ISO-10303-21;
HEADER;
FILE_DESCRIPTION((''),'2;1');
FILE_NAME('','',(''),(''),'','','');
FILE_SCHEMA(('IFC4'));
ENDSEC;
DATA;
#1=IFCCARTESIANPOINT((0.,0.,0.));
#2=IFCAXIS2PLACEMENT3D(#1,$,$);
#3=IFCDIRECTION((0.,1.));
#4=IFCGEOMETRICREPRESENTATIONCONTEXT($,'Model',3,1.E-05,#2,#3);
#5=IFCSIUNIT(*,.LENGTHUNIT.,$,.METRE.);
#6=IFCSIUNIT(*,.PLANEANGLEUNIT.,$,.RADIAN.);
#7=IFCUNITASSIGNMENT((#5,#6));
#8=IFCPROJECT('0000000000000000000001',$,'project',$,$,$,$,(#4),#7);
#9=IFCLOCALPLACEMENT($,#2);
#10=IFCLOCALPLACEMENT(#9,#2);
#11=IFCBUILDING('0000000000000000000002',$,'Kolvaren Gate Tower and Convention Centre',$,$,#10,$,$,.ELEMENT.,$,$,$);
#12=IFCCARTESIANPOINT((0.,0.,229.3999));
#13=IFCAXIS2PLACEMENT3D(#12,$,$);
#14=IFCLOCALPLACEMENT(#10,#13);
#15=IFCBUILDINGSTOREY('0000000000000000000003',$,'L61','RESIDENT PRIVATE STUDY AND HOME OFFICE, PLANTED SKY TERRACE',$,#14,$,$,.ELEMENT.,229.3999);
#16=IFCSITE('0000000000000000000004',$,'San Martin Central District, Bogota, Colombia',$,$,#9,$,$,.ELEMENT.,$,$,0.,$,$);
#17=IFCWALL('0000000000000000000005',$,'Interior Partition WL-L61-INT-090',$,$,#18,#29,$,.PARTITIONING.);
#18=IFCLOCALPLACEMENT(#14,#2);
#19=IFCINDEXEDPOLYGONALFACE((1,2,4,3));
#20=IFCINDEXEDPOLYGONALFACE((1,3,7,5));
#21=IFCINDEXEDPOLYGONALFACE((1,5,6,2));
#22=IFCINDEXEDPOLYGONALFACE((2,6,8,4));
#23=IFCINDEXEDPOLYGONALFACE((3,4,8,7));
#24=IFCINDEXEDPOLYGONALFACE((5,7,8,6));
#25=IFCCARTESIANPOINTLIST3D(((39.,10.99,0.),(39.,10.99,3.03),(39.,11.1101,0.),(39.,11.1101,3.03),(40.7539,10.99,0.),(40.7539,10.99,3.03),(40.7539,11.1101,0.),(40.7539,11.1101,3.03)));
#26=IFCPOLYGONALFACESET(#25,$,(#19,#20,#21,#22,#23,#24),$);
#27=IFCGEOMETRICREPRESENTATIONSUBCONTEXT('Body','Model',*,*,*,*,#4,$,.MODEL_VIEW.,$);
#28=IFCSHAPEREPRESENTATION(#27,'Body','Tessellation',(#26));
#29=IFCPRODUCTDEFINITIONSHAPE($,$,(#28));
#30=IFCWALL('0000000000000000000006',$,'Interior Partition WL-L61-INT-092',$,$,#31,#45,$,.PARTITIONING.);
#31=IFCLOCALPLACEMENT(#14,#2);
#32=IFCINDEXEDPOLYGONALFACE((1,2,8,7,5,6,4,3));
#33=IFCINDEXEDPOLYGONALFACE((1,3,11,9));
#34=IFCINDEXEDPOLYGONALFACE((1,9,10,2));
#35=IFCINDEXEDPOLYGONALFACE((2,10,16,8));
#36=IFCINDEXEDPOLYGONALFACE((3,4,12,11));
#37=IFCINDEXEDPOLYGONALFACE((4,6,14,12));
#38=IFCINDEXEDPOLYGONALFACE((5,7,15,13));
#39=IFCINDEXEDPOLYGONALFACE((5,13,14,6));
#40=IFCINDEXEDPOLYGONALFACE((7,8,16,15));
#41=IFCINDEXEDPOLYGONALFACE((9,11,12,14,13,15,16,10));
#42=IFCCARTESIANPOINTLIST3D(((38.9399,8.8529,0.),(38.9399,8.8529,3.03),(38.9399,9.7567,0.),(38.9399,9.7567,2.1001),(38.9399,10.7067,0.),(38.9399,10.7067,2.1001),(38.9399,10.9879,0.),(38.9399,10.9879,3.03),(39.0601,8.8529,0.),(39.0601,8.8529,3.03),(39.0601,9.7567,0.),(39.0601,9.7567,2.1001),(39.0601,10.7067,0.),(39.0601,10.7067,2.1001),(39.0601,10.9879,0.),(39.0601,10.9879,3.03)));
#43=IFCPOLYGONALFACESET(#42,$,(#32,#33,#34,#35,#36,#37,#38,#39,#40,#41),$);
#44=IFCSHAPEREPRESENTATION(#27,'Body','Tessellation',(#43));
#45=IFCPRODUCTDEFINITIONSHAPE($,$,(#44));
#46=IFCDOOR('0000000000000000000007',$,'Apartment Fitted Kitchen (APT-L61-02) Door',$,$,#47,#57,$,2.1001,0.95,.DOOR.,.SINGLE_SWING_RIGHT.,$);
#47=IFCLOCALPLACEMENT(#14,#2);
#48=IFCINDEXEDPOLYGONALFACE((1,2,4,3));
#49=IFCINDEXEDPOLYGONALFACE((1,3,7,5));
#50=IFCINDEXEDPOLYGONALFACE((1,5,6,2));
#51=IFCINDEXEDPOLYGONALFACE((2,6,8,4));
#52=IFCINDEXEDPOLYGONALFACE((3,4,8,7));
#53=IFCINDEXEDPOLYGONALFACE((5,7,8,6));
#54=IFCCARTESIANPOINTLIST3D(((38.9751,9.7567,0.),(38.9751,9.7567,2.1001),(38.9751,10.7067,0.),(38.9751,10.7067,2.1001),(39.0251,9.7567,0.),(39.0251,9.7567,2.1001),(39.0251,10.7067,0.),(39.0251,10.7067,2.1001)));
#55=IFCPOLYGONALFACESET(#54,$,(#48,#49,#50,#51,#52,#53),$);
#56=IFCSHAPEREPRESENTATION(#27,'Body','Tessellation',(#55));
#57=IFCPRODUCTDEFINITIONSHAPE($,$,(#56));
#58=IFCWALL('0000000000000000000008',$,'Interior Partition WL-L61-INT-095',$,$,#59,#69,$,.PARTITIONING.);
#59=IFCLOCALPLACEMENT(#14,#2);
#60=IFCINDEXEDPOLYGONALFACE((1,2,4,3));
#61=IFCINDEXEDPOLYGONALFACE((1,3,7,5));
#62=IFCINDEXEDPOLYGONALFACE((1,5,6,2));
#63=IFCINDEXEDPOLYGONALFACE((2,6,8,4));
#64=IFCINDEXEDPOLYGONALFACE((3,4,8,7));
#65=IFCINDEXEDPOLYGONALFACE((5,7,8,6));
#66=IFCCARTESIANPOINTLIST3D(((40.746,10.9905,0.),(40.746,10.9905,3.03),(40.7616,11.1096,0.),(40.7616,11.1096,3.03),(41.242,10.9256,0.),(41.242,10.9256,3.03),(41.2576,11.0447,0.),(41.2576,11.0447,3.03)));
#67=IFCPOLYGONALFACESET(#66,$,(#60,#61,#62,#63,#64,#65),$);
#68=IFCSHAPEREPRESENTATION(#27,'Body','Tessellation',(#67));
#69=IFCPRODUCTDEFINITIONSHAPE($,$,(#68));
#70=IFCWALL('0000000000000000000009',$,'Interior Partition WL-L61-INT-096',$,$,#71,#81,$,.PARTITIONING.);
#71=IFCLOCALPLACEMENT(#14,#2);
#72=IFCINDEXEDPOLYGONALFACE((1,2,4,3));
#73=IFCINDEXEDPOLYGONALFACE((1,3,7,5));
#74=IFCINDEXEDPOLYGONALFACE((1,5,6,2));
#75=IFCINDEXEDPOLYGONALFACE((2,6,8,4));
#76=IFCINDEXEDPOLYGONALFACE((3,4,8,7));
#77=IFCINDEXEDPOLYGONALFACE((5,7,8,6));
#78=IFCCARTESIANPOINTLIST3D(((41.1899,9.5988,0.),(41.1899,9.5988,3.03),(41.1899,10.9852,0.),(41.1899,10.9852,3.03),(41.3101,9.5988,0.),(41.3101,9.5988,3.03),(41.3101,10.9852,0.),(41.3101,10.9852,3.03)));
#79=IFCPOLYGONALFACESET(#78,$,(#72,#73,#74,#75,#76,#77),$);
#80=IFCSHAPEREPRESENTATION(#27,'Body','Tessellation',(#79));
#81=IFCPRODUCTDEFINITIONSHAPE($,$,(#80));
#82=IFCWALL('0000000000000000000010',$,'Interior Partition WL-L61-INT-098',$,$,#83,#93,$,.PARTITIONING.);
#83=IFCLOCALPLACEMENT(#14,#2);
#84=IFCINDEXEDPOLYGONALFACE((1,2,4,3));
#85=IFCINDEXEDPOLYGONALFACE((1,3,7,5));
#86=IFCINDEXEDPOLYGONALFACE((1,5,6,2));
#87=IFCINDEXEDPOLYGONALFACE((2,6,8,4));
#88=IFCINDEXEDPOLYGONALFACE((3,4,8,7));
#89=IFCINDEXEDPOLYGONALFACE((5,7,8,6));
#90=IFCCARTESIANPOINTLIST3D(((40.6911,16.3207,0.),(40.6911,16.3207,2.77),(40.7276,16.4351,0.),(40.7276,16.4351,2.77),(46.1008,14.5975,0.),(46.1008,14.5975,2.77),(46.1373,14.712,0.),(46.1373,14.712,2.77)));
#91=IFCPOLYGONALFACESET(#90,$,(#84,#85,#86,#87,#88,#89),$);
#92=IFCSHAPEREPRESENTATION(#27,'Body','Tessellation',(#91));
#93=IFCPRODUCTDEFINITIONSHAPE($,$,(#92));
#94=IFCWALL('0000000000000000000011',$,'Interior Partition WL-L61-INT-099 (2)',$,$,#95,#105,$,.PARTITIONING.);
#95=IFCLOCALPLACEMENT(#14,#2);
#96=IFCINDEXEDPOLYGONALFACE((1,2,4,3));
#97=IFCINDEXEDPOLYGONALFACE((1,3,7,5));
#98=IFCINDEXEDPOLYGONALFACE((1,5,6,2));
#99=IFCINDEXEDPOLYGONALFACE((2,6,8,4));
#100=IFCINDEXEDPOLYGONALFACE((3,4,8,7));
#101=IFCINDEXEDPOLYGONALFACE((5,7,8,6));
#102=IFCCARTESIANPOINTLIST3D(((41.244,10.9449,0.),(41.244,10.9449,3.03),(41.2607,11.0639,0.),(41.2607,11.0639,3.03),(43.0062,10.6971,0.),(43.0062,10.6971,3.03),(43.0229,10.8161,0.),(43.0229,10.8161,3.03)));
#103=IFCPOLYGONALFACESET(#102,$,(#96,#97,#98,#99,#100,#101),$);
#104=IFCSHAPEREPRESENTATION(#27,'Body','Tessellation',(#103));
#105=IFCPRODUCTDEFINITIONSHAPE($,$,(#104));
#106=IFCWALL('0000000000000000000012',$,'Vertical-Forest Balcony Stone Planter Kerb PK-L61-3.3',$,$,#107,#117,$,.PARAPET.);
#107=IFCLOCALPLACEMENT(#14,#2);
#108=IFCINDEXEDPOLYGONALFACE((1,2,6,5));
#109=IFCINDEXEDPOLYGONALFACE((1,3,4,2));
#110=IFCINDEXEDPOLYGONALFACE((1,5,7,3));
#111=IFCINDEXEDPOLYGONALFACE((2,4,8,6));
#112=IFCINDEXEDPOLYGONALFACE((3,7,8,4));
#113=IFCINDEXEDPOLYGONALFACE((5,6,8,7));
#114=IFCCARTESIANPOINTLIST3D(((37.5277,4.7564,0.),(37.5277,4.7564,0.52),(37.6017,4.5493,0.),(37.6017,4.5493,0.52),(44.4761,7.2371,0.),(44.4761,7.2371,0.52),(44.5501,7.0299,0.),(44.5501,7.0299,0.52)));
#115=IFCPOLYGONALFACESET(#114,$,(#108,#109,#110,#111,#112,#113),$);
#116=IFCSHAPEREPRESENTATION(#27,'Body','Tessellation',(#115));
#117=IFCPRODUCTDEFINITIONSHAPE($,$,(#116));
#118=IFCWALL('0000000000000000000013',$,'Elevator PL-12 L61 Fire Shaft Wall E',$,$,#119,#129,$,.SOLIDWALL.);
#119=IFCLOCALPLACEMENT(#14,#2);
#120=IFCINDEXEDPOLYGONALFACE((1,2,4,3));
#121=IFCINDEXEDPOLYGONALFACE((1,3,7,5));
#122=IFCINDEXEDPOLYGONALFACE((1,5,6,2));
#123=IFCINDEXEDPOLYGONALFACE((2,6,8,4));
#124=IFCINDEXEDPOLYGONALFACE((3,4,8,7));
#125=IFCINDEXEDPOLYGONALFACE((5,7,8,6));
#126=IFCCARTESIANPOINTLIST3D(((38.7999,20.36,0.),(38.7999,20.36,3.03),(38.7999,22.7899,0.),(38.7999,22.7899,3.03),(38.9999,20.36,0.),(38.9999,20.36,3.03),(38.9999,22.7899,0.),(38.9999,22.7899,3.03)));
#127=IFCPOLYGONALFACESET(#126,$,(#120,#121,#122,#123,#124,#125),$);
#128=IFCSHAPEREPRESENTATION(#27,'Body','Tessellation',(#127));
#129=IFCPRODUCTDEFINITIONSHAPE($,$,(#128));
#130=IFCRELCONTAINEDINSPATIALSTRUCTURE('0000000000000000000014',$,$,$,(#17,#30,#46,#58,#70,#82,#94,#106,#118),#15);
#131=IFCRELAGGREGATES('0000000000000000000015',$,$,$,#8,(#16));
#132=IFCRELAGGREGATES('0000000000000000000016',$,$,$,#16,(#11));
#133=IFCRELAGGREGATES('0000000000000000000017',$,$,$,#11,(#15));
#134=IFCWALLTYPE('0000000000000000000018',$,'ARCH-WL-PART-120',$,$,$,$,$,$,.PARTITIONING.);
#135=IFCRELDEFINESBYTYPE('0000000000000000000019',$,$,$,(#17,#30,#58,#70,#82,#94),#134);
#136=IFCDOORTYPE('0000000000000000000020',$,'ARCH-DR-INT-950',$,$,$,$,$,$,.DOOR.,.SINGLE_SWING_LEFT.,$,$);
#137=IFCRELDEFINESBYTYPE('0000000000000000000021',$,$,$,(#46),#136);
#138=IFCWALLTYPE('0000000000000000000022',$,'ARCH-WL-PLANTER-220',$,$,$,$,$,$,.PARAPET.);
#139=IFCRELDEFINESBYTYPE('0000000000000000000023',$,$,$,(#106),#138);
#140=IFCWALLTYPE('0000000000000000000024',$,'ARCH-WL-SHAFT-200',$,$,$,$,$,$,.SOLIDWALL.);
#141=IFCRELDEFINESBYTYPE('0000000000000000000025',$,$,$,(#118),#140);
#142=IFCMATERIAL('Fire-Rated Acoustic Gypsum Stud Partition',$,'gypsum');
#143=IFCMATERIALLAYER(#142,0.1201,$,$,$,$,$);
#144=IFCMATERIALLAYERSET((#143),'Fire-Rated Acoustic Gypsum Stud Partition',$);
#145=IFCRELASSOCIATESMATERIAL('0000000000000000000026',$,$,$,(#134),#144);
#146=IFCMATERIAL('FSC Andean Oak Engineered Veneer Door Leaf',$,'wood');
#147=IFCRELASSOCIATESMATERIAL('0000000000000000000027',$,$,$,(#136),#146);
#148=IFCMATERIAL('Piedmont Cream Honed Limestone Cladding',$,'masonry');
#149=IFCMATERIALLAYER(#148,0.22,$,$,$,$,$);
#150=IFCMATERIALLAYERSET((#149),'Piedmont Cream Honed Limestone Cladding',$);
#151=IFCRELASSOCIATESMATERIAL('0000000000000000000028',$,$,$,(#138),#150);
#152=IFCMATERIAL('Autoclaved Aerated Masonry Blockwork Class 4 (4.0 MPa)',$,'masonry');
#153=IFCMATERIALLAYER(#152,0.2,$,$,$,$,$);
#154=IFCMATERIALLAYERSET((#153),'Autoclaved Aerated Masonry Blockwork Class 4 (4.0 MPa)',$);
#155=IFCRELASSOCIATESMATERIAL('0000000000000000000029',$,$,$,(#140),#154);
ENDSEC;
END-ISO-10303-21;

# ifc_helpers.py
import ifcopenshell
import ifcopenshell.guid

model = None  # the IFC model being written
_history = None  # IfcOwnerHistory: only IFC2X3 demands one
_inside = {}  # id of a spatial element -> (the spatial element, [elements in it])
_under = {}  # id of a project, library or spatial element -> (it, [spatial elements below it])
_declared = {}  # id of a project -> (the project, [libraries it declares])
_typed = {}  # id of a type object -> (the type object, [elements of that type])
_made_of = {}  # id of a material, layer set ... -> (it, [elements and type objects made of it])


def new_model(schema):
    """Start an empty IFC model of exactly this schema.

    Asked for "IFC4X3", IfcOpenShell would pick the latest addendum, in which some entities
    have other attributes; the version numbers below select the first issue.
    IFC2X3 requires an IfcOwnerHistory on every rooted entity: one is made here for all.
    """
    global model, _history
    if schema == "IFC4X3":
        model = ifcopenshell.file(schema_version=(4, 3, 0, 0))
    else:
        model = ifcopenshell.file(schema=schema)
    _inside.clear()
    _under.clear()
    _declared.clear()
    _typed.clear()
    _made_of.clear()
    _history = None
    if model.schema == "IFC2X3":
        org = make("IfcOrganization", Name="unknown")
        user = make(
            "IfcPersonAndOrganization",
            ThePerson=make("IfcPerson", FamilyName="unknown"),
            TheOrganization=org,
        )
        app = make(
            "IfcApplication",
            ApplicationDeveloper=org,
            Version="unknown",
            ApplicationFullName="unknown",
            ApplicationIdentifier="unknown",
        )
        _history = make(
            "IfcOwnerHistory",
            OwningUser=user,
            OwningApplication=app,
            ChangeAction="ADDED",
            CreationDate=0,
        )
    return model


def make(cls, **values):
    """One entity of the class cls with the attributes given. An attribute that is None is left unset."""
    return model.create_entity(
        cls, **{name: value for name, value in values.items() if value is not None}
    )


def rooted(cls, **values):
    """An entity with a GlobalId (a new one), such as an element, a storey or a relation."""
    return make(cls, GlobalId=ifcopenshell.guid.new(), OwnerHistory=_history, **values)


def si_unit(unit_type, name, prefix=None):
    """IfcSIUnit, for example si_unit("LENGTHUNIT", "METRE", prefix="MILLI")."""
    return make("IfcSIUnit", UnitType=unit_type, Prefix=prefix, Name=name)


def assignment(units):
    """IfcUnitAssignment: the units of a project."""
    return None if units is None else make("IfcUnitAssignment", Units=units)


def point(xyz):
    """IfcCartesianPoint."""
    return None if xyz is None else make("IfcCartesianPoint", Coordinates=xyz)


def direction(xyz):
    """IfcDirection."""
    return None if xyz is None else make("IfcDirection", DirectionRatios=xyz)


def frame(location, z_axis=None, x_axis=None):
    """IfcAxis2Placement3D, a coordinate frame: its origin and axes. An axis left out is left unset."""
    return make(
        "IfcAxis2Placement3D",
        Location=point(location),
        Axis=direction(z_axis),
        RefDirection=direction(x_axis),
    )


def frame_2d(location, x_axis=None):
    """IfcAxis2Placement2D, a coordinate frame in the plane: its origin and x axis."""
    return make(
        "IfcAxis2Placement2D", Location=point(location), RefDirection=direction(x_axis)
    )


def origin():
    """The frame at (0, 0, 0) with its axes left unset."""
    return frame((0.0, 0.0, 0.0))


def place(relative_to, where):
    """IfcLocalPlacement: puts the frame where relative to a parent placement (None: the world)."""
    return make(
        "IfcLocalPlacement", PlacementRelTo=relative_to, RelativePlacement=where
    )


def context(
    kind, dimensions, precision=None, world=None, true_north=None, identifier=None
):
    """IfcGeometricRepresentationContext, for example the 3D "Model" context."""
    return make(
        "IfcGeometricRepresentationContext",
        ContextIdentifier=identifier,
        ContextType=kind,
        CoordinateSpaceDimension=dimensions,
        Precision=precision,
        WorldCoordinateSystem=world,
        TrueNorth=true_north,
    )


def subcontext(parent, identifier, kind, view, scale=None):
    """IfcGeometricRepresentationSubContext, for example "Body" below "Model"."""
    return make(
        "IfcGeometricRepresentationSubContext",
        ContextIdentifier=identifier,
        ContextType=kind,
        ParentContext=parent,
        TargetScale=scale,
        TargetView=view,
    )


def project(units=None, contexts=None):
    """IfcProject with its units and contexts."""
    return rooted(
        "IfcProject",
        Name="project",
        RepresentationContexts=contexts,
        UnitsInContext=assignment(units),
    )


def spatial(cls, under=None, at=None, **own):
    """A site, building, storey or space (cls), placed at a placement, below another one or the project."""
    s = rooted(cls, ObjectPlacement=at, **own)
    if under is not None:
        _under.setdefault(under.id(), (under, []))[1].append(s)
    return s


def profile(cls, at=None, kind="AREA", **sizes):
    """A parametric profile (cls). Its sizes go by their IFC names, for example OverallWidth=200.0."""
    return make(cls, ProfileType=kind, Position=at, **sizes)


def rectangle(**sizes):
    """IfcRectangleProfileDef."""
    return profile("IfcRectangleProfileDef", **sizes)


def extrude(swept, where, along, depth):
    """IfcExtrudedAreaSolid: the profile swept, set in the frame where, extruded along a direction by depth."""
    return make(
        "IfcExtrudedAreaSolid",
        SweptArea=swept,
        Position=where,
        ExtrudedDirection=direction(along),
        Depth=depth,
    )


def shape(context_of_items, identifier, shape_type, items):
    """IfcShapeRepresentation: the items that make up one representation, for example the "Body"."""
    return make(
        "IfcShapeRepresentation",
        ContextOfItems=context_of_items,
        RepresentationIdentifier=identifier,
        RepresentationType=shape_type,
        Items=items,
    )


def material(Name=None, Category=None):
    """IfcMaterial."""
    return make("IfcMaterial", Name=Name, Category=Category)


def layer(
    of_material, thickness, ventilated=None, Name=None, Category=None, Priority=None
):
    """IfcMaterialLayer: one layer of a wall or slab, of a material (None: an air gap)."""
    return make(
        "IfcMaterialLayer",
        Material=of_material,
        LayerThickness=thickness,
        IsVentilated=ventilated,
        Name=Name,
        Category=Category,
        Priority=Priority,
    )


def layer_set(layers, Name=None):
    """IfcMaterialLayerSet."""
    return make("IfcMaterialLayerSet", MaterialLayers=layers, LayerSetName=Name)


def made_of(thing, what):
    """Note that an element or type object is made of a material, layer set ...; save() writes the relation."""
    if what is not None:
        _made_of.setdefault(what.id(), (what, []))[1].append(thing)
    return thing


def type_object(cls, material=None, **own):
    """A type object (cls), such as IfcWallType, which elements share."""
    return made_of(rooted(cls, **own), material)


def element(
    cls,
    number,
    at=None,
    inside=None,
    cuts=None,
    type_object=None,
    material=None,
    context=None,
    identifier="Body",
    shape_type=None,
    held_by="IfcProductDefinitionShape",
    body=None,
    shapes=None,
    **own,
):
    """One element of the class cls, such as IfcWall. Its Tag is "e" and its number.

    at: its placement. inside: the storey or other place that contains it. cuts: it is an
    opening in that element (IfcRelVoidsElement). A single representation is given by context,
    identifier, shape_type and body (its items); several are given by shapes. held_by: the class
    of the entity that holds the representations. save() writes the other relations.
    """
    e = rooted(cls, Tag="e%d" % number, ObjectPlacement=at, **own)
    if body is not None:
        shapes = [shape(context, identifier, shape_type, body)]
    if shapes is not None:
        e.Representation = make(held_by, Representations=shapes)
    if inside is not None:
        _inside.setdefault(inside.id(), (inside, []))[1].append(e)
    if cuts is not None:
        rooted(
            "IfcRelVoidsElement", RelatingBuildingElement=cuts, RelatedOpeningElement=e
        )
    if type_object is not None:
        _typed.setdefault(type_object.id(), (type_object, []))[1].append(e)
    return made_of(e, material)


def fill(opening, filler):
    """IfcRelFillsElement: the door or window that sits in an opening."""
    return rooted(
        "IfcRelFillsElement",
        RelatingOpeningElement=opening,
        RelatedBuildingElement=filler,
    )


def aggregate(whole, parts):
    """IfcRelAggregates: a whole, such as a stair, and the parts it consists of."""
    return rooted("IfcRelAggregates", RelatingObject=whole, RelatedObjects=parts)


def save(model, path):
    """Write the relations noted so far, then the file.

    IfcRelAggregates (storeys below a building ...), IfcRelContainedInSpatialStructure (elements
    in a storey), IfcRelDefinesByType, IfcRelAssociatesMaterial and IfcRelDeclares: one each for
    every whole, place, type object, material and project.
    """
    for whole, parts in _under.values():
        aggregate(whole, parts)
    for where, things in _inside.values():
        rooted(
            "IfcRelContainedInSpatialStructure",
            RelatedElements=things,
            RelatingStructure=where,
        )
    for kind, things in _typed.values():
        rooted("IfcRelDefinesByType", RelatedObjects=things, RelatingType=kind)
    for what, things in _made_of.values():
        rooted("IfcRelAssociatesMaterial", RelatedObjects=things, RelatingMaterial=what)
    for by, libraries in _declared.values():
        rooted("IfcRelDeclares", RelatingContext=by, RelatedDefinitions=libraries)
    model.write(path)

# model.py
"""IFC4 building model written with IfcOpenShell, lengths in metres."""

from ifc_helpers import new_model, si_unit, direction, frame, frame_2d, origin, place, context, subcontext, project, spatial, rectangle, extrude, material, layer, layer_set, type_object, element, fill, save


model = new_model("IFC4")

# Units and contexts
model_context = context("Model", 3, precision=1e-05, world=origin(), true_north=direction((0.0, 1.0)))
body_context = subcontext(model_context, "Body", "Model", "MODEL_VIEW")
ifc_project = project(units=[si_unit("LENGTHUNIT", "METRE"), si_unit("PLANEANGLEUNIT", "RADIAN")], contexts=[model_context])

# Site, building, storey
site_placement = place(None, origin())
site = spatial("IfcSite", under=ifc_project, at=site_placement, Name="San Martin Central District, Bogota, Colombia", CompositionType="ELEMENT", RefElevation=0.0)
building_placement = place(site_placement, origin())
building = spatial("IfcBuilding", under=site, at=building_placement, Name="Kolvaren Gate Tower and Convention Centre", CompositionType="ELEMENT")
storey_placement = place(building_placement, frame((0.0, 0.0, 229.3999)))
storey = spatial("IfcBuildingStorey", under=building, at=storey_placement, Name="L61", Description="RESIDENT PRIVATE STUDY AND HOME OFFICE, PLANTED SKY TERRACE", CompositionType="ELEMENT", Elevation=229.3999)

# Wall
ifc_material_1 = material(Name="Autoclaved Aerated Masonry Blockwork Class 4 (4.0 MPa)", Category="masonry")
ifc_material_2 = material(Name="Fire-Rated Acoustic Gypsum Stud Partition", Category="gypsum")
ifc_layer_1 = layer(ifc_material_2, 0.1201)
ifc_layer_set_1 = layer_set([ifc_layer_1], Name="Fire-Rated Acoustic Gypsum Stud Partition")
wall_type_1 = type_object("IfcWallType", Name="ARCH-WL-PART-120", PredefinedType="PARTITIONING", material=ifc_layer_set_1)
wall_1_placement = place(storey_placement, frame((39.0, 11.05, 0.0), z_axis=(0.0, 0.0, 1.0), x_axis=(1.0, 0.0, 0.0)))
element("IfcWall", 1, at=wall_1_placement, inside=storey, type_object=wall_type_1, Name="Interior Partition WL-L61-INT-090", PredefinedType="PARTITIONING", context=body_context, shape_type="SweptSolid", body=[
    extrude(rectangle(XDim=1.7539, YDim=0.1201, at=frame_2d((0.877, 0.0))), origin(), (0.0, 0.0, 1.0), 3.03),
])

# Wall, opening, door
wall_2_placement = place(storey_placement, frame((39.0, 8.853, 0.0), z_axis=(0.0, 0.0, 1.0), x_axis=(0.0, 1.0, 0.0)))
wall_2 = element("IfcWall", 2, at=wall_2_placement, inside=storey, type_object=wall_type_1, Name="Interior Partition WL-L61-INT-092", PredefinedType="PARTITIONING", context=body_context, shape_type="SweptSolid", body=[
    extrude(rectangle(XDim=2.135, YDim=0.1201, at=frame_2d((1.0674, 0.0))), origin(), (0.0, 0.0, 1.0), 3.03),
])
opening_placement = place(wall_2_placement, frame((0.9036, 0.0, 0.0)))
opening = element("IfcOpeningElement", 3, at=opening_placement, cuts=wall_2, PredefinedType="OPENING", context=body_context, shape_type="SweptSolid", body=[
    extrude(rectangle(XDim=0.95, YDim=2.1001, at=frame_2d((0.4751, 1.05))), frame((0.0, 0.0701, 0.0), z_axis=(0.0, -1.0, 0.0), x_axis=(1.0, 0.0, 0.0)), (0.0, 0.0, 1.0), 0.1401),
])
ifc_material_3 = material(Name="FSC Andean Oak Engineered Veneer Door Leaf", Category="wood")
door_type = type_object("IfcDoorType", Name="ARCH-DR-INT-950", OperationType="SINGLE_SWING_LEFT", PredefinedType="DOOR", material=ifc_material_3)
door_placement = place(opening_placement, origin())
door = element("IfcDoor", 4, at=door_placement, inside=storey, type_object=door_type, Name="Apartment Fitted Kitchen (APT-L61-02) Door", OperationType="SINGLE_SWING_RIGHT", OverallHeight=2.1001, OverallWidth=0.95, PredefinedType="DOOR", context=body_context, shape_type="SweptSolid", body=[
    extrude(rectangle(XDim=0.95, YDim=2.1001, at=frame_2d((0.4751, 1.05))), frame((0.0, 0.0249, 0.0), z_axis=(0.0, -1.0, 0.0), x_axis=(1.0, 0.0, 0.0)), (0.0, 0.0, 1.0), 0.05),
])
fill(opening, door)

# Walls
wall_3_placement = place(storey_placement, frame((40.7539, 11.05, 0.0), z_axis=(0.0, 0.0, 1.0), x_axis=(0.99154, -0.129798, 0.0)))
element("IfcWall", 5, at=wall_3_placement, inside=storey, type_object=wall_type_1, Name="Interior Partition WL-L61-INT-095", PredefinedType="PARTITIONING", context=body_context, shape_type="SweptSolid", body=[
    extrude(rectangle(XDim=0.5002, YDim=0.1201, at=frame_2d((0.25, 0.0))), origin(), (0.0, 0.0, 1.0), 3.03),
])
wall_4_placement = place(storey_placement, frame((41.25, 9.5986, 0.0), z_axis=(0.0, 0.0, 1.0), x_axis=(0.0, 1.0, 0.0)))
element("IfcWall", 6, at=wall_4_placement, inside=storey, type_object=wall_type_1, Name="Interior Partition WL-L61-INT-096", PredefinedType="PARTITIONING", context=body_context, shape_type="SweptSolid", body=[
    extrude(rectangle(XDim=1.3865, YDim=0.1201, at=frame_2d((0.6934, 0.0))), origin(), (0.0, 0.0, 1.0), 3.03),
])
wall_5_placement = place(storey_placement, frame((40.7092, 16.3779, 0.0), z_axis=(0.0, 0.0, 1.0), x_axis=(0.95283, -0.303505, 0.0)))
element("IfcWall", 7, at=wall_5_placement, inside=storey, type_object=wall_type_1, Name="Interior Partition WL-L61-INT-098", PredefinedType="PARTITIONING", context=body_context, shape_type="SweptSolid", body=[
    extrude(rectangle(XDim=5.6775, YDim=0.1201, at=frame_2d((2.8389, 0.0))), origin(), (0.0, 0.0, 1.0), 2.77),
])
wall_6_placement = place(storey_placement, frame((41.2524, 11.0044, 0.0), z_axis=(0.0, 0.0, 1.0), x_axis=(0.990257, -0.139251, 0.0)))
element("IfcWall", 8, at=wall_6_placement, inside=storey, type_object=wall_type_1, Name="Interior Partition WL-L61-INT-099 (2)", PredefinedType="PARTITIONING", context=body_context, shape_type="SweptSolid", body=[
    extrude(rectangle(XDim=1.7795, YDim=0.1201, at=frame_2d((0.8896, 0.0))), origin(), (0.0, 0.0, 1.0), 3.03),
])
ifc_material_4 = material(Name="Piedmont Cream Honed Limestone Cladding", Category="masonry")
ifc_layer_2 = layer(ifc_material_4, 0.22)
ifc_layer_set_2 = layer_set([ifc_layer_2], Name="Piedmont Cream Honed Limestone Cladding")
wall_type_2 = type_object("IfcWallType", Name="ARCH-WL-PLANTER-220", PredefinedType="PARAPET", material=ifc_layer_set_2)
wall_7_placement = place(storey_placement, frame((37.5647, 4.6528, 0.0), z_axis=(0.0, 0.0, 1.0), x_axis=(0.94178, 0.336229, 0.0)))
element("IfcWall", 9, at=wall_7_placement, inside=storey, type_object=wall_type_2, Name="Vertical-Forest Balcony Stone Planter Kerb PK-L61-3.3", PredefinedType="PARAPET", context=body_context, shape_type="SweptSolid", body=[
    extrude(rectangle(XDim=7.3779, YDim=0.22, at=frame_2d((3.689, 0.0))), origin(), (0.0, 0.0, 1.0), 0.52),
])
ifc_layer_3 = layer(ifc_material_1, 0.2)
ifc_layer_set_3 = layer_set([ifc_layer_3], Name="Autoclaved Aerated Masonry Blockwork Class 4 (4.0 MPa)")
wall_type_3 = type_object("IfcWallType", Name="ARCH-WL-SHAFT-200", PredefinedType="SOLIDWALL", material=ifc_layer_set_3)
wall_8_placement = place(storey_placement, frame((38.8999, 20.3601, 0.0), z_axis=(0.0, 0.0, 1.0), x_axis=(0.0, 1.0, 0.0)))
element("IfcWall", 10, at=wall_8_placement, inside=storey, type_object=wall_type_3, Name="Elevator PL-12 L61 Fire Shaft Wall E", PredefinedType="SOLIDWALL", context=body_context, shape_type="SweptSolid", body=[
    extrude(rectangle(XDim=2.4299, YDim=0.2, at=frame_2d((1.2148, 0.0))), origin(), (0.0, 0.0, 1.0), 3.03),
])

save(model, "model.ifc")
